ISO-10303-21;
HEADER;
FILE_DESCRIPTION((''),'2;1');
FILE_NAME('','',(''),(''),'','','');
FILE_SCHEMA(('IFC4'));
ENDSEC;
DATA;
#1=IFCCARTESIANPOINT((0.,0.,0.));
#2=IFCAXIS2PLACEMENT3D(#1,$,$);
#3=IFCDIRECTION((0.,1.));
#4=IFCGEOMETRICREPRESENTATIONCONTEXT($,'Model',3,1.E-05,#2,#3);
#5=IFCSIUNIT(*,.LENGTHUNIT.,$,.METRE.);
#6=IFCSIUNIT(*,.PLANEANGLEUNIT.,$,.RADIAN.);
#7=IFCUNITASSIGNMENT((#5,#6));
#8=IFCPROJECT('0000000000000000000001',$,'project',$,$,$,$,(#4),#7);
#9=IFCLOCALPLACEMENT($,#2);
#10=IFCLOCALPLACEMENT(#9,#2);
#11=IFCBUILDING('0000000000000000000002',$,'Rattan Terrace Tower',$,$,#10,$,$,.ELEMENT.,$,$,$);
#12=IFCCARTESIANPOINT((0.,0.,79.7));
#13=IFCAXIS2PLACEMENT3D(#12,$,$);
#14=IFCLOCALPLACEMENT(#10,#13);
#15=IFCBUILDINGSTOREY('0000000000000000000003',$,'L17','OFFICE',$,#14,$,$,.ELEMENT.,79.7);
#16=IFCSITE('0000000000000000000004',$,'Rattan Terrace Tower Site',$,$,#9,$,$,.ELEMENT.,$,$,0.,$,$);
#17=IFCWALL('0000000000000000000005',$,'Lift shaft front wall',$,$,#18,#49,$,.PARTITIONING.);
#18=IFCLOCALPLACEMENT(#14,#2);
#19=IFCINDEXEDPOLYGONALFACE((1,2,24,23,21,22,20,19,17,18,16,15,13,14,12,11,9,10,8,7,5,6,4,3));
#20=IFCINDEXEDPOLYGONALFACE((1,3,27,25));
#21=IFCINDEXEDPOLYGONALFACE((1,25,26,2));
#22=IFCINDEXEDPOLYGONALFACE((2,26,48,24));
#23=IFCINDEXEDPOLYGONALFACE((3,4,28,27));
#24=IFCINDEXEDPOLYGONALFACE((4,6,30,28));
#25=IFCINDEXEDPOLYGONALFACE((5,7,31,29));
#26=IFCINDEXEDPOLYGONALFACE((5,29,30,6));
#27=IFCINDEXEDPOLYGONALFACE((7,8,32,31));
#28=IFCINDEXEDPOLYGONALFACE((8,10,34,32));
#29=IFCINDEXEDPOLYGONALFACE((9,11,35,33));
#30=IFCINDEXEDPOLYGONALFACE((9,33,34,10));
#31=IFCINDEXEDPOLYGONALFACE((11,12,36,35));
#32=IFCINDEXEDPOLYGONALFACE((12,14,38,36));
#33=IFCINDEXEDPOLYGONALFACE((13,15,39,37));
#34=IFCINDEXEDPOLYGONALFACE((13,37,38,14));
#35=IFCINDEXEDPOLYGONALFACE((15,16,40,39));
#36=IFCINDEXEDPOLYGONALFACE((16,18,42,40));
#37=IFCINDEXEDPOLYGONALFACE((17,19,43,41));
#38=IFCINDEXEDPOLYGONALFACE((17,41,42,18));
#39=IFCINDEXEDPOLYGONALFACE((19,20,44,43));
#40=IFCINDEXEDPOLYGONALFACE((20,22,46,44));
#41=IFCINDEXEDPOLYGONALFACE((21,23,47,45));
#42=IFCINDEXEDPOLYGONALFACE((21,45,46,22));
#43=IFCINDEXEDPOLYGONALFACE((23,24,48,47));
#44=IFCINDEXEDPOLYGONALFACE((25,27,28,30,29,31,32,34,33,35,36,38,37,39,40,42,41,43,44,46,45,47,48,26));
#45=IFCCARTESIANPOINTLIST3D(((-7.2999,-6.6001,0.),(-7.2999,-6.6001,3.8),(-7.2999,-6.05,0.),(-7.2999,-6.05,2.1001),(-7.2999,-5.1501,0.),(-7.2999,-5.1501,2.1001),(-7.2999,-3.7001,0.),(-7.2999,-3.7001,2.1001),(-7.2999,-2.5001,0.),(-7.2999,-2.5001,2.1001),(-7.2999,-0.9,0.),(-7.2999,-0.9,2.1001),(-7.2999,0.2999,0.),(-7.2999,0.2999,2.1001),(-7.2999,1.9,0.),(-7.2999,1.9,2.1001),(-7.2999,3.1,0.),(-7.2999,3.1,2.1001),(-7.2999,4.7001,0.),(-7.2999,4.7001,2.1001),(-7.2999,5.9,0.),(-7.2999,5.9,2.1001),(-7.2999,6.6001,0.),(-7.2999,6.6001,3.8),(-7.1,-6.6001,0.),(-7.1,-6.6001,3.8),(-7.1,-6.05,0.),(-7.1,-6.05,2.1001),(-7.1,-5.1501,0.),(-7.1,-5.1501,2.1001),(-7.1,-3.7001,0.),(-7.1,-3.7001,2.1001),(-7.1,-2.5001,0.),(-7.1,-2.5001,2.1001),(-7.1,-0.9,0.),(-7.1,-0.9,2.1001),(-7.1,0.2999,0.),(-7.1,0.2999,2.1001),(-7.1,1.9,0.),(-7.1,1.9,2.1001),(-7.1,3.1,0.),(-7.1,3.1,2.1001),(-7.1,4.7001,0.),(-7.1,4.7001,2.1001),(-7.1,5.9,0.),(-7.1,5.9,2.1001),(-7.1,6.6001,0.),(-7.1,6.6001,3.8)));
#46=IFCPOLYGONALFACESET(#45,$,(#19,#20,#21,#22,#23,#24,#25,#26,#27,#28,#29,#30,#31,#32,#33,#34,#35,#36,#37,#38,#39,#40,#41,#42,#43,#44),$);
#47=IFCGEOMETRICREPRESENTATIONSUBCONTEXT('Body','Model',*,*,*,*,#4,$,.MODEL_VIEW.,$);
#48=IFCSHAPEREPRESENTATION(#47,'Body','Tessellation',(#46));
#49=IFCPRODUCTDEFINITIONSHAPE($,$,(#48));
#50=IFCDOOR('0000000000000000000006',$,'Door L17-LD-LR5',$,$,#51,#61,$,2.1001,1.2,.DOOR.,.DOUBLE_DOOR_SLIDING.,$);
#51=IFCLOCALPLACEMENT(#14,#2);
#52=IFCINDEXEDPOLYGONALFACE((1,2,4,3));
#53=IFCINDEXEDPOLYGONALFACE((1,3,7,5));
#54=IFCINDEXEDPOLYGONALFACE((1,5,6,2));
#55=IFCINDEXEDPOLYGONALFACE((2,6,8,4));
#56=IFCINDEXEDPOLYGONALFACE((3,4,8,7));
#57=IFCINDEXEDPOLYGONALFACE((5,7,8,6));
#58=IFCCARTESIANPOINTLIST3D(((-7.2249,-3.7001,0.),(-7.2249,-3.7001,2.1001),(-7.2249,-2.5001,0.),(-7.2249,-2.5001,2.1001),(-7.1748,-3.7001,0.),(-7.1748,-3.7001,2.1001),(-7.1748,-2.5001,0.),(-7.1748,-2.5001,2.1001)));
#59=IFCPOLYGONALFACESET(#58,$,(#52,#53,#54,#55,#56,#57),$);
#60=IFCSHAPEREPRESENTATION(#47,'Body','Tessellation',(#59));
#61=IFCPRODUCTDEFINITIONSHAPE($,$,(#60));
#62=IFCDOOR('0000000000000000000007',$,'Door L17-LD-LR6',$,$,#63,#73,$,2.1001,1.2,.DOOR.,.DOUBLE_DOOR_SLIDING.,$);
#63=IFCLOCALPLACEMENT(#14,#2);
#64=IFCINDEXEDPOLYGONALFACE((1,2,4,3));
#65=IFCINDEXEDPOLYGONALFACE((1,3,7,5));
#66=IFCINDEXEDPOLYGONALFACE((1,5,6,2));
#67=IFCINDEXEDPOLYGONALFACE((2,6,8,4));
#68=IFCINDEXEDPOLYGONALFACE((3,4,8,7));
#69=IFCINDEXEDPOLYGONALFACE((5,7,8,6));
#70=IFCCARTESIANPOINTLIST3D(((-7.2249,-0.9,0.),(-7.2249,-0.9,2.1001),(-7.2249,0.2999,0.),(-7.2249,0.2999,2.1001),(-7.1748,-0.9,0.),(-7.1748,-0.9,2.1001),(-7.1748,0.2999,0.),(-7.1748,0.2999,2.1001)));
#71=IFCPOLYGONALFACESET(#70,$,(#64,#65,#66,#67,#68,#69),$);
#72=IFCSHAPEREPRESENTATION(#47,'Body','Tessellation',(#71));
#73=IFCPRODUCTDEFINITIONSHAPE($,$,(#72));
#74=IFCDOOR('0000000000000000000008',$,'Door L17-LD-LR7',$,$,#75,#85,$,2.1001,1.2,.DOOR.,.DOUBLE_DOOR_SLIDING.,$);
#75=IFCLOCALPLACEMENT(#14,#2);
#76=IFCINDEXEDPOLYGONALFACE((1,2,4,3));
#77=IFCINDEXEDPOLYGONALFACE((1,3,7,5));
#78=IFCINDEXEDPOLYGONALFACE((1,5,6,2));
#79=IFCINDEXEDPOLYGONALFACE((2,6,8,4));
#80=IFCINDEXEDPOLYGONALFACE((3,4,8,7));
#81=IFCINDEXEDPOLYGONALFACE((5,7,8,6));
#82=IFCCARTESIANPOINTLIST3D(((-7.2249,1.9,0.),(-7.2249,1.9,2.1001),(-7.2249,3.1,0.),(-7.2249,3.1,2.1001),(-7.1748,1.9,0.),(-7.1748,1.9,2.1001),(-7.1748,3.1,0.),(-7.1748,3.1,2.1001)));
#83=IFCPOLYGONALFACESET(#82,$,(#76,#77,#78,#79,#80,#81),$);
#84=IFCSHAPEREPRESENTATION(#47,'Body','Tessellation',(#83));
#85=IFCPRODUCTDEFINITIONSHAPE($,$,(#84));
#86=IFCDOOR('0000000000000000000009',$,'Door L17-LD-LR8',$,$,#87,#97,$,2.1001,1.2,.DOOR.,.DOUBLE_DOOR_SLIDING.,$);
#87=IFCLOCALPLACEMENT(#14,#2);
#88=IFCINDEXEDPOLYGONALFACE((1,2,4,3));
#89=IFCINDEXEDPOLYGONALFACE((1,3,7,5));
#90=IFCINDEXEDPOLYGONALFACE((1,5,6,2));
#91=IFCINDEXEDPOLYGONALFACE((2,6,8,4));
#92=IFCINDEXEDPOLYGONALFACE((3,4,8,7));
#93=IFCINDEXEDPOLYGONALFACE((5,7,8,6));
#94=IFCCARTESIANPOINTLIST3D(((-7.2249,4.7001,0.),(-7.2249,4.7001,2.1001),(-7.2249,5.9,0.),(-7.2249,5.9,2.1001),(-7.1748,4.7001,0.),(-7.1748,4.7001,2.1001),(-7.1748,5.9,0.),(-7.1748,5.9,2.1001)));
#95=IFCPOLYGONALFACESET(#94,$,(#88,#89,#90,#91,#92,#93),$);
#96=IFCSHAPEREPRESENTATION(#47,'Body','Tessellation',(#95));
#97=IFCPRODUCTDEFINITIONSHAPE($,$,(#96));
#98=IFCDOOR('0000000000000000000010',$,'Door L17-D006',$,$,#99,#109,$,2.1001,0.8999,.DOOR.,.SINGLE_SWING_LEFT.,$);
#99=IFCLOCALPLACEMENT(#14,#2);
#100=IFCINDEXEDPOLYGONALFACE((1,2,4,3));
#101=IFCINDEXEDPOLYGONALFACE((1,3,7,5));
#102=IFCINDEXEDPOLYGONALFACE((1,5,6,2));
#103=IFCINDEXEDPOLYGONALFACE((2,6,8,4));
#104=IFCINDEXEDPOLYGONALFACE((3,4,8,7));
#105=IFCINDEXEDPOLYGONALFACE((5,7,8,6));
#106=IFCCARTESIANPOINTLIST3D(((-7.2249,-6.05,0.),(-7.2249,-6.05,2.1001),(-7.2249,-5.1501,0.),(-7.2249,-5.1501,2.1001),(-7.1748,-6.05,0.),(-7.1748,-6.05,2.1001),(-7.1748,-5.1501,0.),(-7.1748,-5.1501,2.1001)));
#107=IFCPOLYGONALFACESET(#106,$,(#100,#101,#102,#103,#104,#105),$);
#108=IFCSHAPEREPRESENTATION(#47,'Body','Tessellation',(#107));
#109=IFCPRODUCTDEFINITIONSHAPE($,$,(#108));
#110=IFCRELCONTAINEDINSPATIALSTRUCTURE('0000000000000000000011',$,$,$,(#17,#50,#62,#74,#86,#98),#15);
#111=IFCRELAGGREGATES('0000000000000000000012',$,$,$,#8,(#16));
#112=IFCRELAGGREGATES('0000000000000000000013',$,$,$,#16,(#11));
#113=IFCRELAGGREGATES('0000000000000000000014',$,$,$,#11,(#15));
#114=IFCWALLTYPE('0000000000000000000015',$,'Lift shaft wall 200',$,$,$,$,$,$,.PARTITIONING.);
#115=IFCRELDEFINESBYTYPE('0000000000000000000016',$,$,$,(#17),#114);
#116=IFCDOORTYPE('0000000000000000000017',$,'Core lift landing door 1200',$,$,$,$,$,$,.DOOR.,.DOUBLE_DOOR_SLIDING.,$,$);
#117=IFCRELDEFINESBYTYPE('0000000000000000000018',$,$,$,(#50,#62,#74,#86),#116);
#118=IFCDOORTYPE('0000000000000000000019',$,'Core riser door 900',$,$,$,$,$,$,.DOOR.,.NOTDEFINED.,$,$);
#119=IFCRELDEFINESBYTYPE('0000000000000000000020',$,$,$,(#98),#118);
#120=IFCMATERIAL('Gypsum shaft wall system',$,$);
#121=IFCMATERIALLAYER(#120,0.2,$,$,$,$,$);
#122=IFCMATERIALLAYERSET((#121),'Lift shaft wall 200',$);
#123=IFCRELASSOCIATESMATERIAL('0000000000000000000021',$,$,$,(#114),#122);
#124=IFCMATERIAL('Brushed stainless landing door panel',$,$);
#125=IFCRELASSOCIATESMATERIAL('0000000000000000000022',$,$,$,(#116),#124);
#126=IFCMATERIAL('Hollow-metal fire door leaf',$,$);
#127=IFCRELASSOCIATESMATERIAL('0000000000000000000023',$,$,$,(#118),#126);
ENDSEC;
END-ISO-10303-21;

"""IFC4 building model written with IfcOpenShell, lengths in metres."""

from ifc_helpers import new_model, si_unit, direction, frame, frame_2d, origin, place, context, subcontext, project, spatial, rectangle, extrude, material, layer, layer_set, type_object, element, fill, save


model = new_model("IFC4")

# Units and contexts
model_context = context("Model", 3, precision=1e-05, world=origin(), true_north=direction((0.0, 1.0)))
body_context = subcontext(model_context, "Body", "Model", "MODEL_VIEW")
ifc_project = project(units=[si_unit("LENGTHUNIT", "METRE"), si_unit("PLANEANGLEUNIT", "RADIAN")], contexts=[model_context])

# Site, building, storey
site_placement = place(None, origin())
site = spatial("IfcSite", under=ifc_project, at=site_placement, Name="Rattan Terrace Tower Site", CompositionType="ELEMENT", RefElevation=0.0)
building_placement = place(site_placement, origin())
building = spatial("IfcBuilding", under=site, at=building_placement, Name="Rattan Terrace Tower", CompositionType="ELEMENT")
storey_placement = place(building_placement, frame((0.0, 0.0, 79.7)))
storey = spatial("IfcBuildingStorey", under=building, at=storey_placement, Name="L17", Description="OFFICE", CompositionType="ELEMENT", Elevation=79.7)

# Wall, openings, doors
ifc_material_1 = material(Name="Gypsum shaft wall system")
ifc_layer_1 = layer(ifc_material_1, 0.2)
ifc_layer_set_1 = layer_set([ifc_layer_1], Name="Lift shaft wall 200")
wall_type_1 = type_object("IfcWallType", Name="Lift shaft wall 200", PredefinedType="PARTITIONING", material=ifc_layer_set_1)
ifc_material_2 = material(Name="Brushed stainless landing door panel")
door_type_1 = type_object("IfcDoorType", Name="Core lift landing door 1200", OperationType="DOUBLE_DOOR_SLIDING", PredefinedType="DOOR", material=ifc_material_2)
ifc_material_3 = material(Name="Hollow-metal fire door leaf")
door_type_2 = type_object("IfcDoorType", Name="Core riser door 900", OperationType="NOTDEFINED", PredefinedType="DOOR", material=ifc_material_3)
wall_1_placement = place(storey_placement, frame((-7.2, -6.6001, 0.0), z_axis=(0.0, 0.0, 1.0), x_axis=(0.0, 1.0, 0.0)))
wall_1 = element("IfcWall", 1, at=wall_1_placement, inside=storey, type_object=wall_type_1, Name="Lift shaft front wall", PredefinedType="PARTITIONING", context=body_context, shape_type="SweptSolid", body=[
    extrude(rectangle(XDim=13.2002, YDim=0.2, at=frame_2d((6.6001, 0.0))), origin(), (0.0, 0.0, 1.0), 3.8),
])
opening_1_placement = place(wall_1_placement, frame((0.55, 0.0, 0.0)))
opening_1 = element("IfcOpeningElement", 2, at=opening_1_placement, cuts=wall_1, PredefinedType="OPENING", context=body_context, shape_type="SweptSolid", body=[
    extrude(rectangle(XDim=0.8999, YDim=2.1001, at=frame_2d((0.45, 1.05))), frame((0.0, 0.1106, 0.0), z_axis=(0.0, -1.0, 0.0), x_axis=(1.0, 0.0, 0.0)), (0.0, 0.0, 1.0), 0.2209),
])
opening_2_placement = place(wall_1_placement, frame((2.8999, 0.0, 0.0)))
opening_2 = element("IfcOpeningElement", 3, at=opening_2_placement, cuts=wall_1, PredefinedType="OPENING", context=body_context, shape_type="SweptSolid", body=[
    extrude(rectangle(XDim=1.2, YDim=2.1001, at=frame_2d((0.6001, 1.05))), frame((0.0, 0.1106, 0.0), z_axis=(0.0, -1.0, 0.0), x_axis=(1.0, 0.0, 0.0)), (0.0, 0.0, 1.0), 0.2209),
])
opening_3_placement = place(wall_1_placement, frame((5.7, 0.0, 0.0)))
opening_3 = element("IfcOpeningElement", 4, at=opening_3_placement, cuts=wall_1, PredefinedType="OPENING", context=body_context, shape_type="SweptSolid", body=[
    extrude(rectangle(XDim=1.2, YDim=2.1001, at=frame_2d((0.6001, 1.05))), frame((0.0, 0.1106, 0.0), z_axis=(0.0, -1.0, 0.0), x_axis=(1.0, 0.0, 0.0)), (0.0, 0.0, 1.0), 0.2209),
])
opening_4_placement = place(wall_1_placement, frame((8.5, 0.0, 0.0)))
opening_4 = element("IfcOpeningElement", 5, at=opening_4_placement, cuts=wall_1, PredefinedType="OPENING", context=body_context, shape_type="SweptSolid", body=[
    extrude(rectangle(XDim=1.2, YDim=2.1001, at=frame_2d((0.6001, 1.05))), frame((0.0, 0.1106, 0.0), z_axis=(0.0, -1.0, 0.0), x_axis=(1.0, 0.0, 0.0)), (0.0, 0.0, 1.0), 0.2209),
])
opening_5_placement = place(wall_1_placement, frame((11.3, 0.0, 0.0)))
opening_5 = element("IfcOpeningElement", 6, at=opening_5_placement, cuts=wall_1, PredefinedType="OPENING", context=body_context, shape_type="SweptSolid", body=[
    extrude(rectangle(XDim=1.2, YDim=2.1001, at=frame_2d((0.6001, 1.05))), frame((0.0, 0.1106, 0.0), z_axis=(0.0, -1.0, 0.0), x_axis=(1.0, 0.0, 0.0)), (0.0, 0.0, 1.0), 0.2209),
])
door_1_placement = place(opening_2_placement, origin())
door_1 = element("IfcDoor", 7, at=door_1_placement, inside=storey, type_object=door_type_1, Name="Door L17-LD-LR5", OperationType="DOUBLE_DOOR_SLIDING", OverallHeight=2.1001, OverallWidth=1.2, PredefinedType="DOOR", context=body_context, shape_type="SweptSolid", body=[
    extrude(rectangle(XDim=1.2, YDim=2.1001, at=frame_2d((0.6001, 1.05))), frame((0.0, 0.0249, 0.0), z_axis=(0.0, -1.0, 0.0), x_axis=(1.0, 0.0, 0.0)), (0.0, 0.0, 1.0), 0.05),
])
fill(opening_2, door_1)
door_2_placement = place(opening_3_placement, origin())
door_2 = element("IfcDoor", 8, at=door_2_placement, inside=storey, type_object=door_type_1, Name="Door L17-LD-LR6", OperationType="DOUBLE_DOOR_SLIDING", OverallHeight=2.1001, OverallWidth=1.2, PredefinedType="DOOR", context=body_context, shape_type="SweptSolid", body=[
    extrude(rectangle(XDim=1.2, YDim=2.1001, at=frame_2d((0.6001, 1.05))), frame((0.0, 0.0249, 0.0), z_axis=(0.0, -1.0, 0.0), x_axis=(1.0, 0.0, 0.0)), (0.0, 0.0, 1.0), 0.05),
])
fill(opening_3, door_2)
door_3_placement = place(opening_4_placement, origin())
door_3 = element("IfcDoor", 9, at=door_3_placement, inside=storey, type_object=door_type_1, Name="Door L17-LD-LR7", OperationType="DOUBLE_DOOR_SLIDING", OverallHeight=2.1001, OverallWidth=1.2, PredefinedType="DOOR", context=body_context, shape_type="SweptSolid", body=[
    extrude(rectangle(XDim=1.2, YDim=2.1001, at=frame_2d((0.6001, 1.05))), frame((0.0, 0.0249, 0.0), z_axis=(0.0, -1.0, 0.0), x_axis=(1.0, 0.0, 0.0)), (0.0, 0.0, 1.0), 0.05),
])
fill(opening_4, door_3)
door_4_placement = place(opening_5_placement, origin())
door_4 = element("IfcDoor", 10, at=door_4_placement, inside=storey, type_object=door_type_1, Name="Door L17-LD-LR8", OperationType="DOUBLE_DOOR_SLIDING", OverallHeight=2.1001, OverallWidth=1.2, PredefinedType="DOOR", context=body_context, shape_type="SweptSolid", body=[
    extrude(rectangle(XDim=1.2, YDim=2.1001, at=frame_2d((0.6001, 1.05))), frame((0.0, 0.0249, 0.0), z_axis=(0.0, -1.0, 0.0), x_axis=(1.0, 0.0, 0.0)), (0.0, 0.0, 1.0), 0.05),
])
fill(opening_5, door_4)
door_5_placement = place(opening_1_placement, origin())
door_5 = element("IfcDoor", 11, at=door_5_placement, inside=storey, type_object=door_type_2, Name="Door L17-D006", OperationType="SINGLE_SWING_LEFT", OverallHeight=2.1001, OverallWidth=0.8999, PredefinedType="DOOR", context=body_context, shape_type="SweptSolid", body=[
    extrude(rectangle(XDim=0.8999, YDim=2.1001, at=frame_2d((0.45, 1.05))), frame((0.0, 0.0249, 0.0), z_axis=(0.0, -1.0, 0.0), x_axis=(1.0, 0.0, 0.0)), (0.0, 0.0, 1.0), 0.05),
])
fill(opening_1, door_5)

save(model, "model.ifc")
